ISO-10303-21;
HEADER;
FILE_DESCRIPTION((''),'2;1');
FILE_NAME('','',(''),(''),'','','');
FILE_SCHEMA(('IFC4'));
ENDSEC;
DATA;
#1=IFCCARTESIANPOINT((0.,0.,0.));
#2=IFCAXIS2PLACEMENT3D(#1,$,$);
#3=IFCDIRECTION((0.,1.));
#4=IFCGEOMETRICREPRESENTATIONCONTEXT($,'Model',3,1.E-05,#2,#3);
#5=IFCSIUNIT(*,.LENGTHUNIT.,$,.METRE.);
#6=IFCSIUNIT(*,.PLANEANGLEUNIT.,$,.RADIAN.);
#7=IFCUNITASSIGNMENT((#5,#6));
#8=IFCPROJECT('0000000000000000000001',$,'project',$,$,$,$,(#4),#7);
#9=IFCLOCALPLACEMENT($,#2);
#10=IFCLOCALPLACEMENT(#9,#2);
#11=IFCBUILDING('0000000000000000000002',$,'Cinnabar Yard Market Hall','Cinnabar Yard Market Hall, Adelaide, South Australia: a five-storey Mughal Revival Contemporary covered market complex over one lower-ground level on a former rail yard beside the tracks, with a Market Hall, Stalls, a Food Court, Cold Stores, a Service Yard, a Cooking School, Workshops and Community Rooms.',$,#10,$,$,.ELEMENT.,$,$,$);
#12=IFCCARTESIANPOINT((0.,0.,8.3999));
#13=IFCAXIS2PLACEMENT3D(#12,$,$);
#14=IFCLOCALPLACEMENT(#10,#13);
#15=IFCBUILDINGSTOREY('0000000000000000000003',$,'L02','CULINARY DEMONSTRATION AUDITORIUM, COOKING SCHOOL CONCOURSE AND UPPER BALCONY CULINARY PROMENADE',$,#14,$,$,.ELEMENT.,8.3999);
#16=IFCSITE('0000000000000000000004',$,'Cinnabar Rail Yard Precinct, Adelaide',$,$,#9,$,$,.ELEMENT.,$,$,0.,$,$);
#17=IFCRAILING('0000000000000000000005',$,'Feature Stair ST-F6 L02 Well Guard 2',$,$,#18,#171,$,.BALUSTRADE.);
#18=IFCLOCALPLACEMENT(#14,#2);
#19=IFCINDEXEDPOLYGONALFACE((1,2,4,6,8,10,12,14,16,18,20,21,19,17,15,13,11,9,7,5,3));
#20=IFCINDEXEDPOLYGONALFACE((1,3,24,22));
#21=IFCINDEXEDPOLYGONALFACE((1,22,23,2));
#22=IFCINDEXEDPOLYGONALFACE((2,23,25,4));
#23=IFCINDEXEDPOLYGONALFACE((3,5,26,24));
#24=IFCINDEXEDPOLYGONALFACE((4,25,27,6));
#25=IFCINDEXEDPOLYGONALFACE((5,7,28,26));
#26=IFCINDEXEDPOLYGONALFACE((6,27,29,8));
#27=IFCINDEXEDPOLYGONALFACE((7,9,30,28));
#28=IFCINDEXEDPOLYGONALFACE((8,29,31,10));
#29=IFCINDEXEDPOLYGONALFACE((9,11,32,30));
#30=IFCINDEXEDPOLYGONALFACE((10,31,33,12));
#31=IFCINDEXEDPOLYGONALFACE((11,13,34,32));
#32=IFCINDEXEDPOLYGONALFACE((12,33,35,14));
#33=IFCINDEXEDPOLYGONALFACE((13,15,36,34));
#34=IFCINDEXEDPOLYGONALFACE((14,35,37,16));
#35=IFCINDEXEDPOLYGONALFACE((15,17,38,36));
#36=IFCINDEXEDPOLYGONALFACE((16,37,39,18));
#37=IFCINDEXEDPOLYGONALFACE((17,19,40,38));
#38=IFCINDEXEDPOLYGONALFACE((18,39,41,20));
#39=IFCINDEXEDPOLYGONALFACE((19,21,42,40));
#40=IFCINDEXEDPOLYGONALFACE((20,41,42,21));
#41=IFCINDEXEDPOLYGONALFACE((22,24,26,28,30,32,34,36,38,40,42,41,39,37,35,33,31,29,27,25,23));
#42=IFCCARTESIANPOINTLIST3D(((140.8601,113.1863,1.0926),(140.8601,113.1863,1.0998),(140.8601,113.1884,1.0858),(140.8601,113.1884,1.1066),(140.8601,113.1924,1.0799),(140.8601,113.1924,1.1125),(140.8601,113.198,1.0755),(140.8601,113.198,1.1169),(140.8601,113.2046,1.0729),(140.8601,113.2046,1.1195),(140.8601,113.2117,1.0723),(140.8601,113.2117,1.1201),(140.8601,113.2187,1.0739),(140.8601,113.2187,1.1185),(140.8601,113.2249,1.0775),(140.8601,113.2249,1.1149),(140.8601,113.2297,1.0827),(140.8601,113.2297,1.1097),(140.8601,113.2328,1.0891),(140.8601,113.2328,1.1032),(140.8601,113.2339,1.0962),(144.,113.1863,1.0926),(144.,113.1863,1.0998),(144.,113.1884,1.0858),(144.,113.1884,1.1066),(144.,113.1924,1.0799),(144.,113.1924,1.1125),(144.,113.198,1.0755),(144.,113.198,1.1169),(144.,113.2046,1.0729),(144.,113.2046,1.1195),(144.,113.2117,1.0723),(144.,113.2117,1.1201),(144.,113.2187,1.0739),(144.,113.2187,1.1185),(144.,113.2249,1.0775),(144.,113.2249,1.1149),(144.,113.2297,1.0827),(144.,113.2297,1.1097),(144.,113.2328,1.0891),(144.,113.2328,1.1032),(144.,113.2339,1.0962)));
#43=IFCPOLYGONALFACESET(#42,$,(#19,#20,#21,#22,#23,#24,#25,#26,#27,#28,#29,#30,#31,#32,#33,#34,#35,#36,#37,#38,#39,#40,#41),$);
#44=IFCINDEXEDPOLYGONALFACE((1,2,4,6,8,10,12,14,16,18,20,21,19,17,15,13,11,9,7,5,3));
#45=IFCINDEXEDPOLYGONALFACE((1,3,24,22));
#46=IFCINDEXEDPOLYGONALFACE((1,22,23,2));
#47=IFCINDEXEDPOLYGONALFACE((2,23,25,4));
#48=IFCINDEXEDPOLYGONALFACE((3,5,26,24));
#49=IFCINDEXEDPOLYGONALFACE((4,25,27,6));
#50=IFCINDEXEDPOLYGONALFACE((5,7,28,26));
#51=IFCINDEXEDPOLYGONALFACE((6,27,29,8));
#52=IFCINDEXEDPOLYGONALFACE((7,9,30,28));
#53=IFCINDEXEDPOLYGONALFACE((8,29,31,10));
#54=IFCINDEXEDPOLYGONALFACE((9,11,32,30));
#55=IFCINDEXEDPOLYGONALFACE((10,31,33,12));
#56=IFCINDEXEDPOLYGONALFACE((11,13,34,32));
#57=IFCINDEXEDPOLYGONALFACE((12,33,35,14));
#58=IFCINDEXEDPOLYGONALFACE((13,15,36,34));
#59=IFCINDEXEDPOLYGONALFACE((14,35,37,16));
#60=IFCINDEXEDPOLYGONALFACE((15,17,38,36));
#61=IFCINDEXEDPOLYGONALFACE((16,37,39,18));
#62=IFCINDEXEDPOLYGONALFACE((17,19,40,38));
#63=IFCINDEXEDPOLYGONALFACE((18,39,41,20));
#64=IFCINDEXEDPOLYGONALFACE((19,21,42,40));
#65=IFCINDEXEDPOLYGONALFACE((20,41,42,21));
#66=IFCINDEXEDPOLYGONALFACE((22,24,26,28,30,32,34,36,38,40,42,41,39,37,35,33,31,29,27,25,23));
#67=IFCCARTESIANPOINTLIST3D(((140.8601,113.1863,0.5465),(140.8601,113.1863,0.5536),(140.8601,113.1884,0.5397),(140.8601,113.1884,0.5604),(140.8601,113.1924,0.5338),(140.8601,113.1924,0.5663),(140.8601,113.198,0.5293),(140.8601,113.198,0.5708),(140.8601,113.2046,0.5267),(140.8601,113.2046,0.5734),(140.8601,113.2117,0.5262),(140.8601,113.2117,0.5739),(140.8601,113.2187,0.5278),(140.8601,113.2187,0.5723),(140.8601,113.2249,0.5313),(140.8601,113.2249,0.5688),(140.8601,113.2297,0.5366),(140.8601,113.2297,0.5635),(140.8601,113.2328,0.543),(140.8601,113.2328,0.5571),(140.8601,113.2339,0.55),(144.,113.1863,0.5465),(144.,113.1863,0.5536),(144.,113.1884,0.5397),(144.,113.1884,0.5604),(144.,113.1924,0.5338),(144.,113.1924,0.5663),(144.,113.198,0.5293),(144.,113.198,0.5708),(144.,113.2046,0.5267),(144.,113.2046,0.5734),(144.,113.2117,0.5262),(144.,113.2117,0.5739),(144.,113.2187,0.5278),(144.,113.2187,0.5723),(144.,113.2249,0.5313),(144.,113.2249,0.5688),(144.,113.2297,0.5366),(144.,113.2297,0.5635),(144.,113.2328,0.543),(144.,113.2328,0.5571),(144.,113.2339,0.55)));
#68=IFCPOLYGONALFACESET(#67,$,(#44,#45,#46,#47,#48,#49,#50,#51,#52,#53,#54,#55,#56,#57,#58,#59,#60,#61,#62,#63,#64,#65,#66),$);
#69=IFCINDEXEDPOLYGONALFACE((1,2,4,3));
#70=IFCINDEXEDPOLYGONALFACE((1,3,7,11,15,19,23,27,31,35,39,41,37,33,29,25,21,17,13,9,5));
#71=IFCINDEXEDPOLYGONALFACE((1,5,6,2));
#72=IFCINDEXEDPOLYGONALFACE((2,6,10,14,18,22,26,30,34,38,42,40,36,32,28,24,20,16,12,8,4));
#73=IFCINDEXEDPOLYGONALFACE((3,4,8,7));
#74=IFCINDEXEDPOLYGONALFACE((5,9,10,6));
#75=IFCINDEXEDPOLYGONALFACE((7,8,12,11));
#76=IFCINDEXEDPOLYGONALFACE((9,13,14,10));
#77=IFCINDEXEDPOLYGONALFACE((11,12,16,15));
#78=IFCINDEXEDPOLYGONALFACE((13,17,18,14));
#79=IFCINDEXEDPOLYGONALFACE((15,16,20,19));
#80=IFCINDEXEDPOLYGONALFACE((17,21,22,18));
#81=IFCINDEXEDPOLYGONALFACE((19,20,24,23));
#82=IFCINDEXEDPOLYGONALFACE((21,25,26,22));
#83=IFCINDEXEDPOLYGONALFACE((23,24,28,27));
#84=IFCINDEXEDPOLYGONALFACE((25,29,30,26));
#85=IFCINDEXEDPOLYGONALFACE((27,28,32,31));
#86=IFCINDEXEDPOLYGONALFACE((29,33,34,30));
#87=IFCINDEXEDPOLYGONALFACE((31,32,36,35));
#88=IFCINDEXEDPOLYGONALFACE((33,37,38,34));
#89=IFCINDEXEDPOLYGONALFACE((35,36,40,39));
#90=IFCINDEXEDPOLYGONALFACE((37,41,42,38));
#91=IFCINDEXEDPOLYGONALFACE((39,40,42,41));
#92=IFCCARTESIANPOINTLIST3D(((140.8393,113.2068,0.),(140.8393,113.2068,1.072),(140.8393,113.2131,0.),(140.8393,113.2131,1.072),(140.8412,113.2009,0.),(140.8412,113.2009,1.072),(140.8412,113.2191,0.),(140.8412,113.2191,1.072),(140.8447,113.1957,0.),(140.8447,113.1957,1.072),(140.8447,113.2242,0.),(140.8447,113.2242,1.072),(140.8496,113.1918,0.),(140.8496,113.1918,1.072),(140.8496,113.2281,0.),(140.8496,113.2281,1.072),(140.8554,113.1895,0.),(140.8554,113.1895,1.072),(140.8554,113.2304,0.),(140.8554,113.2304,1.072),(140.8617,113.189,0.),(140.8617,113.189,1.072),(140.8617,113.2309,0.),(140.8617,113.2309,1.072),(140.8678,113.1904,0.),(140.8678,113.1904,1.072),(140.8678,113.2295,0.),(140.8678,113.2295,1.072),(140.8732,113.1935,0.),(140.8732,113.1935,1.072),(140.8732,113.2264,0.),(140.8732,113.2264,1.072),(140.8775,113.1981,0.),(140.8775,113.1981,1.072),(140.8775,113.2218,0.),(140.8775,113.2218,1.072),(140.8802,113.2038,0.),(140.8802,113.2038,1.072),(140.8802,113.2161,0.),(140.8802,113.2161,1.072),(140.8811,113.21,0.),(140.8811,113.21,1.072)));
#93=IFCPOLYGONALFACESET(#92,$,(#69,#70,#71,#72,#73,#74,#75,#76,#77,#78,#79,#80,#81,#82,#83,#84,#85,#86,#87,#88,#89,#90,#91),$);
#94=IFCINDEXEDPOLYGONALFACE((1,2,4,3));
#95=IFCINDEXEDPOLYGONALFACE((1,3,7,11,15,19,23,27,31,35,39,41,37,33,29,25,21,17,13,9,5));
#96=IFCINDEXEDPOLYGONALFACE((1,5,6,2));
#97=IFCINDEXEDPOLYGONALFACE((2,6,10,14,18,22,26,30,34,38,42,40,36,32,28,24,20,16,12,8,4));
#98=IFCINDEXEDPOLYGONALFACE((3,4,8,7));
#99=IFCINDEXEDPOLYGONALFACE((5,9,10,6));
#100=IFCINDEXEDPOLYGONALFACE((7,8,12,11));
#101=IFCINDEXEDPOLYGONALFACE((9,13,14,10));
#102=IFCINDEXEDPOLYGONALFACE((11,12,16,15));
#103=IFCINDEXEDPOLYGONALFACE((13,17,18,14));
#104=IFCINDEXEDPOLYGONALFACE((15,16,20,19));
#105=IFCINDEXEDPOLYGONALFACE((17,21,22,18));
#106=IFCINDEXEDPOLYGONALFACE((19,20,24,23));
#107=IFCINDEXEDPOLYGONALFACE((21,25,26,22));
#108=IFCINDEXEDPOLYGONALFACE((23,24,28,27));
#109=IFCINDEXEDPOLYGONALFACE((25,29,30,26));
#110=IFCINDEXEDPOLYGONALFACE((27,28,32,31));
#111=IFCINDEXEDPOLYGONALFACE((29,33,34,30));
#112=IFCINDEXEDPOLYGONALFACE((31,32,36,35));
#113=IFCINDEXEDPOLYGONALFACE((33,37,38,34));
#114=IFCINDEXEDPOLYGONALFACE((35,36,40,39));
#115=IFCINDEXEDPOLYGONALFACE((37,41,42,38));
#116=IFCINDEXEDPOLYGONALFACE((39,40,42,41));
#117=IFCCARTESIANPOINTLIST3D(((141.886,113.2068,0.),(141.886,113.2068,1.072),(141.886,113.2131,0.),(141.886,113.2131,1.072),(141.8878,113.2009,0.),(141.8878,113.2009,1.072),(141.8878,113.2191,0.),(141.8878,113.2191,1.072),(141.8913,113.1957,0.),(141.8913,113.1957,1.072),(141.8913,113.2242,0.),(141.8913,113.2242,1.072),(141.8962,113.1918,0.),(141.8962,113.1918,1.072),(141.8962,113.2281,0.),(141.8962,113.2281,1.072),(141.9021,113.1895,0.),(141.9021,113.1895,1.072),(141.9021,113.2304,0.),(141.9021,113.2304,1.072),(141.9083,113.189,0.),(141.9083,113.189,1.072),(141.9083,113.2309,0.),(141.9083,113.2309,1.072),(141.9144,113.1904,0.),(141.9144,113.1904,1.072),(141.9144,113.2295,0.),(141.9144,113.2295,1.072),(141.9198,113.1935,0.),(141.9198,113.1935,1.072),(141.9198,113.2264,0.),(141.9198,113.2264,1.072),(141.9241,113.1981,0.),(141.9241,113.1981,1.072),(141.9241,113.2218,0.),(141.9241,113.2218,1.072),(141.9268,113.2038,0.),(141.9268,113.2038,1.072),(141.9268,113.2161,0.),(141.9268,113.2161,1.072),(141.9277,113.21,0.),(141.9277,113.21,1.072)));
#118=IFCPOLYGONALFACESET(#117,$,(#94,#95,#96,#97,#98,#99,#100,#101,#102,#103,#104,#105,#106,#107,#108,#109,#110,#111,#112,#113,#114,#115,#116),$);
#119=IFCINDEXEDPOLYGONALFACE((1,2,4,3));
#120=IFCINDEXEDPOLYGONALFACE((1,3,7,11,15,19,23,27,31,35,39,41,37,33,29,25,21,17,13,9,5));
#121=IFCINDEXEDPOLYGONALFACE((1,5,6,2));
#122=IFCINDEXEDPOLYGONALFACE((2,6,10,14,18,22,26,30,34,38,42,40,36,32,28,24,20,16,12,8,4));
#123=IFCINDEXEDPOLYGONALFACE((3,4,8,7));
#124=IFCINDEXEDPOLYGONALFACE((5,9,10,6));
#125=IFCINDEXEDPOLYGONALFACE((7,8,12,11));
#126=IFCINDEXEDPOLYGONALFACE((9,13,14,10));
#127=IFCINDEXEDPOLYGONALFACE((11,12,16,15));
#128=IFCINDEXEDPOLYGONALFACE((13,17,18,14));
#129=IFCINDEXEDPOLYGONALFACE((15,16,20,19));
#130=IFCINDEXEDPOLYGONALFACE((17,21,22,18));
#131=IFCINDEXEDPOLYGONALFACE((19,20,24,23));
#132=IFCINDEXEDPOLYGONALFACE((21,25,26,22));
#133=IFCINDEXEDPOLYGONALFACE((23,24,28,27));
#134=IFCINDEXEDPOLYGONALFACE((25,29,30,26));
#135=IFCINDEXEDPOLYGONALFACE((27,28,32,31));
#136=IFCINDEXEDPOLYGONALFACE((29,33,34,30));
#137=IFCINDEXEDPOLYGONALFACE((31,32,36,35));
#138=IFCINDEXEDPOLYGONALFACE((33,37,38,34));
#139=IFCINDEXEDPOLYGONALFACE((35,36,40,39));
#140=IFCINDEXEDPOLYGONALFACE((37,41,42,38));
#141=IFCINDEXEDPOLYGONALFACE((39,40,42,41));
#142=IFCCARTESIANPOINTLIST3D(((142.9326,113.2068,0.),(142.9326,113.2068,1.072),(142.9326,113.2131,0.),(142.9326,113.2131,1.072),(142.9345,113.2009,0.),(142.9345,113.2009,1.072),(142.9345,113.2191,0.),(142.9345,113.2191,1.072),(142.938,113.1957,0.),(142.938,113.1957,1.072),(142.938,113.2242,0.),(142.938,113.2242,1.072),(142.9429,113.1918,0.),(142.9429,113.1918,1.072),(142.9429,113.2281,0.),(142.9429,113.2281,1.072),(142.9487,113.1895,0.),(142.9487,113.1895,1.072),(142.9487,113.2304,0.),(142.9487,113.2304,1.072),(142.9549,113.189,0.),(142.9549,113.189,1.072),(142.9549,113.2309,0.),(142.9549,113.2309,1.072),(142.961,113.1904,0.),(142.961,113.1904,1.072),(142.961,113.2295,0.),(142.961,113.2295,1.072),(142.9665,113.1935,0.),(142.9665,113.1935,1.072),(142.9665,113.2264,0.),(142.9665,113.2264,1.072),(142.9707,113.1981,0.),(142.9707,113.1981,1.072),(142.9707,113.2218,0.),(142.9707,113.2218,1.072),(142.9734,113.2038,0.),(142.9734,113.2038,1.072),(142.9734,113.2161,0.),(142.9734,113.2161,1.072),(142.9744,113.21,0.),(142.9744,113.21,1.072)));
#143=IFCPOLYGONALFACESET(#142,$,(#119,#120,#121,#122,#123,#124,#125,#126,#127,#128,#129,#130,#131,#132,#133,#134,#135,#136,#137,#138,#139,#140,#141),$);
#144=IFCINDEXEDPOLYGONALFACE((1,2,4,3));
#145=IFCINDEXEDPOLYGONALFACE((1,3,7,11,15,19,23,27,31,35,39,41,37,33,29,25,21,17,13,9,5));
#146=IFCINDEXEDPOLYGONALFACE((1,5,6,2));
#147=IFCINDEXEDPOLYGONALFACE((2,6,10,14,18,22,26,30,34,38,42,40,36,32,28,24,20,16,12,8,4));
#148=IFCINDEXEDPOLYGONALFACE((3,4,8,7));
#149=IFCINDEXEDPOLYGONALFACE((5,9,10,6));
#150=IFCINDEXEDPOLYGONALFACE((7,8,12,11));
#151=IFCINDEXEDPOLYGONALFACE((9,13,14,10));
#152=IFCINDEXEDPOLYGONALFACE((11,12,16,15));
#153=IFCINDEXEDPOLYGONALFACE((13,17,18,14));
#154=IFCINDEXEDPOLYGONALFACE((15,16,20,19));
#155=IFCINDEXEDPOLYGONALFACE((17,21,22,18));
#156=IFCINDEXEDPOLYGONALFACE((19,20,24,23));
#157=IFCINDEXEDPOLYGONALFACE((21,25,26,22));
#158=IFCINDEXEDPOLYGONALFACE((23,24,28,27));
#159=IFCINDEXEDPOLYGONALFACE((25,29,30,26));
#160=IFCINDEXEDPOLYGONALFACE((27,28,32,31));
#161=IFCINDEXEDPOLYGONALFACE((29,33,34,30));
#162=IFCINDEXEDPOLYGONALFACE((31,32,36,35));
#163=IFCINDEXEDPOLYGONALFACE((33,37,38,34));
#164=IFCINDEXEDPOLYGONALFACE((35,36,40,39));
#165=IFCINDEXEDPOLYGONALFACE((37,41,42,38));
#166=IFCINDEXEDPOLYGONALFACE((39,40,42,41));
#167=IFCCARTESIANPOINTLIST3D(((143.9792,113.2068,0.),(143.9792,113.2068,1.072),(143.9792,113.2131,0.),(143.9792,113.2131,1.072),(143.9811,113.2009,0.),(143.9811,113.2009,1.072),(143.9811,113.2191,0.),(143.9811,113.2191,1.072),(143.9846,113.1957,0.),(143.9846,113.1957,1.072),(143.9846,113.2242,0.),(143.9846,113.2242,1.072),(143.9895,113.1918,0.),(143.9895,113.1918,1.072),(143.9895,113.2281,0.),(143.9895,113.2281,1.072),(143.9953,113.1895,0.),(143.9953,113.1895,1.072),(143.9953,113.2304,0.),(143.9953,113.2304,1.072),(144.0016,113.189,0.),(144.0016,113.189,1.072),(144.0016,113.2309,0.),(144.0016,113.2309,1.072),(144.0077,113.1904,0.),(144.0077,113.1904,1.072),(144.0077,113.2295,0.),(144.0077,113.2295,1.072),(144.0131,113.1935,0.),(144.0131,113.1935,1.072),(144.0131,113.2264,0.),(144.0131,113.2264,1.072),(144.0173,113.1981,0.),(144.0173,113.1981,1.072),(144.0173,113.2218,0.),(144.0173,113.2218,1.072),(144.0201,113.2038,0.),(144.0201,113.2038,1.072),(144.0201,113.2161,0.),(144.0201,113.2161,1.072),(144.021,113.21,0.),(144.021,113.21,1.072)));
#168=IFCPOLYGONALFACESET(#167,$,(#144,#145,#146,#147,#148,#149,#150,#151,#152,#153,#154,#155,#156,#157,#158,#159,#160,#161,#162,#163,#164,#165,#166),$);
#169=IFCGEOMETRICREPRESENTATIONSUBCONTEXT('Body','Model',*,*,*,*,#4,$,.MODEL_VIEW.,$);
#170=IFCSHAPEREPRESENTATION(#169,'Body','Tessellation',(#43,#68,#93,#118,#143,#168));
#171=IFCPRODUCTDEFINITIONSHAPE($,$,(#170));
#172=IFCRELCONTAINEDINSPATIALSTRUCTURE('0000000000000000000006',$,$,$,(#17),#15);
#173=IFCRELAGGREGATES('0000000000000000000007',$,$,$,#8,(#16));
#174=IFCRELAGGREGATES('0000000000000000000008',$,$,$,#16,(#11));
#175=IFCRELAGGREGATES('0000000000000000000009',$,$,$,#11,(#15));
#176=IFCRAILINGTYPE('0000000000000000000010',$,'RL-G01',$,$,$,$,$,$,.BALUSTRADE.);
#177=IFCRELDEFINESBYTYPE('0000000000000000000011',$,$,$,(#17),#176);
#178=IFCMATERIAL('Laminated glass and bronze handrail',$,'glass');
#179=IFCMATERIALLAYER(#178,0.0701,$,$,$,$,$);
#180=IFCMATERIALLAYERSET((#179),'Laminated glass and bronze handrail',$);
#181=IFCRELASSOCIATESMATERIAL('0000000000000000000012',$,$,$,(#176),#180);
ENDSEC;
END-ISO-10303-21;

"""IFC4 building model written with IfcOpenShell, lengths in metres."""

from ifc_helpers import new_model, si_unit, direction, frame, origin, origin_2d_with_axis, place, context, subcontext, project, spatial, circle, extrude, material, layer, layer_set, type_object, element, save


model = new_model("IFC4")

# Units and contexts
model_context = context("Model", 3, precision=1e-05, world=origin(), true_north=direction((0.0, 1.0)))
body_context = subcontext(model_context, "Body", "Model", "MODEL_VIEW")
ifc_project = project(units=[si_unit("LENGTHUNIT", "METRE"), si_unit("PLANEANGLEUNIT", "RADIAN")], contexts=[model_context])

# Site, building, storey
site_placement = place(None, origin())
site = spatial("IfcSite", under=ifc_project, at=site_placement, Name="Cinnabar Rail Yard Precinct, Adelaide", CompositionType="ELEMENT", RefElevation=0.0)
building_placement = place(site_placement, origin())
building = spatial("IfcBuilding", under=site, at=building_placement, Name="Cinnabar Yard Market Hall", Description="Cinnabar Yard Market Hall, Adelaide, South Australia: a five-storey Mughal Revival Contemporary covered market complex over one lower-ground level on a former rail yard beside the tracks, with a Market Hall, Stalls, a Food Court, Cold Stores, a Service Yard, a Cooking School, Workshops and Community Rooms.", CompositionType="ELEMENT")
storey_placement = place(building_placement, frame((0.0, 0.0, 8.3999)))
storey = spatial("IfcBuildingStorey", under=building, at=storey_placement, Name="L02", Description="CULINARY DEMONSTRATION AUDITORIUM, COOKING SCHOOL CONCOURSE AND UPPER BALCONY CULINARY PROMENADE", CompositionType="ELEMENT", Elevation=8.3999)

# Railing
ifc_material_1 = material(Name="Laminated glass and bronze handrail", Category="glass")
ifc_layer_1 = layer(ifc_material_1, 0.0701)
ifc_layer_set_1 = layer_set([ifc_layer_1], Name="Laminated glass and bronze handrail")
railing_type_1 = type_object("IfcRailingType", Name="RL-G01", PredefinedType="BALUSTRADE", material=ifc_layer_set_1)
railing_1_placement = place(storey_placement, frame((140.8601, 113.21, 0.0)))
element("IfcRailing", 1, at=railing_1_placement, inside=storey, type_object=railing_type_1, Name="Feature Stair ST-F6 L02 Well Guard 2", PredefinedType="BALUSTRADE", context=body_context, shape_type="SweptSolid", body=[
    extrude(circle(Radius=0.0239, at=origin_2d_with_axis()), frame((0.0, 0.0, 1.0962), z_axis=(1.0, 0.0, 0.0), x_axis=(0.0, 1.0, 0.0)), (0.0, 0.0, 1.0), 3.1399),
    extrude(circle(Radius=0.0239, at=origin_2d_with_axis()), frame((0.0, 0.0, 0.55), z_axis=(1.0, 0.0, 0.0), x_axis=(0.0, 1.0, 0.0)), (0.0, 0.0, 1.0), 3.1399),
    extrude(circle(Radius=0.021, at=origin_2d_with_axis()), origin(), (0.0, 0.0, 1.0), 1.072),
    extrude(circle(Radius=0.021, at=origin_2d_with_axis()), frame((1.0466, 0.0, 0.0)), (0.0, 0.0, 1.0), 1.072),
    extrude(circle(Radius=0.021, at=origin_2d_with_axis()), frame((2.0933, 0.0, 0.0)), (0.0, 0.0, 1.0), 1.072),
    extrude(circle(Radius=0.021, at=origin_2d_with_axis()), frame((3.1399, 0.0, 0.0)), (0.0, 0.0, 1.0), 1.072),
])

save(model, "model.ifc")
